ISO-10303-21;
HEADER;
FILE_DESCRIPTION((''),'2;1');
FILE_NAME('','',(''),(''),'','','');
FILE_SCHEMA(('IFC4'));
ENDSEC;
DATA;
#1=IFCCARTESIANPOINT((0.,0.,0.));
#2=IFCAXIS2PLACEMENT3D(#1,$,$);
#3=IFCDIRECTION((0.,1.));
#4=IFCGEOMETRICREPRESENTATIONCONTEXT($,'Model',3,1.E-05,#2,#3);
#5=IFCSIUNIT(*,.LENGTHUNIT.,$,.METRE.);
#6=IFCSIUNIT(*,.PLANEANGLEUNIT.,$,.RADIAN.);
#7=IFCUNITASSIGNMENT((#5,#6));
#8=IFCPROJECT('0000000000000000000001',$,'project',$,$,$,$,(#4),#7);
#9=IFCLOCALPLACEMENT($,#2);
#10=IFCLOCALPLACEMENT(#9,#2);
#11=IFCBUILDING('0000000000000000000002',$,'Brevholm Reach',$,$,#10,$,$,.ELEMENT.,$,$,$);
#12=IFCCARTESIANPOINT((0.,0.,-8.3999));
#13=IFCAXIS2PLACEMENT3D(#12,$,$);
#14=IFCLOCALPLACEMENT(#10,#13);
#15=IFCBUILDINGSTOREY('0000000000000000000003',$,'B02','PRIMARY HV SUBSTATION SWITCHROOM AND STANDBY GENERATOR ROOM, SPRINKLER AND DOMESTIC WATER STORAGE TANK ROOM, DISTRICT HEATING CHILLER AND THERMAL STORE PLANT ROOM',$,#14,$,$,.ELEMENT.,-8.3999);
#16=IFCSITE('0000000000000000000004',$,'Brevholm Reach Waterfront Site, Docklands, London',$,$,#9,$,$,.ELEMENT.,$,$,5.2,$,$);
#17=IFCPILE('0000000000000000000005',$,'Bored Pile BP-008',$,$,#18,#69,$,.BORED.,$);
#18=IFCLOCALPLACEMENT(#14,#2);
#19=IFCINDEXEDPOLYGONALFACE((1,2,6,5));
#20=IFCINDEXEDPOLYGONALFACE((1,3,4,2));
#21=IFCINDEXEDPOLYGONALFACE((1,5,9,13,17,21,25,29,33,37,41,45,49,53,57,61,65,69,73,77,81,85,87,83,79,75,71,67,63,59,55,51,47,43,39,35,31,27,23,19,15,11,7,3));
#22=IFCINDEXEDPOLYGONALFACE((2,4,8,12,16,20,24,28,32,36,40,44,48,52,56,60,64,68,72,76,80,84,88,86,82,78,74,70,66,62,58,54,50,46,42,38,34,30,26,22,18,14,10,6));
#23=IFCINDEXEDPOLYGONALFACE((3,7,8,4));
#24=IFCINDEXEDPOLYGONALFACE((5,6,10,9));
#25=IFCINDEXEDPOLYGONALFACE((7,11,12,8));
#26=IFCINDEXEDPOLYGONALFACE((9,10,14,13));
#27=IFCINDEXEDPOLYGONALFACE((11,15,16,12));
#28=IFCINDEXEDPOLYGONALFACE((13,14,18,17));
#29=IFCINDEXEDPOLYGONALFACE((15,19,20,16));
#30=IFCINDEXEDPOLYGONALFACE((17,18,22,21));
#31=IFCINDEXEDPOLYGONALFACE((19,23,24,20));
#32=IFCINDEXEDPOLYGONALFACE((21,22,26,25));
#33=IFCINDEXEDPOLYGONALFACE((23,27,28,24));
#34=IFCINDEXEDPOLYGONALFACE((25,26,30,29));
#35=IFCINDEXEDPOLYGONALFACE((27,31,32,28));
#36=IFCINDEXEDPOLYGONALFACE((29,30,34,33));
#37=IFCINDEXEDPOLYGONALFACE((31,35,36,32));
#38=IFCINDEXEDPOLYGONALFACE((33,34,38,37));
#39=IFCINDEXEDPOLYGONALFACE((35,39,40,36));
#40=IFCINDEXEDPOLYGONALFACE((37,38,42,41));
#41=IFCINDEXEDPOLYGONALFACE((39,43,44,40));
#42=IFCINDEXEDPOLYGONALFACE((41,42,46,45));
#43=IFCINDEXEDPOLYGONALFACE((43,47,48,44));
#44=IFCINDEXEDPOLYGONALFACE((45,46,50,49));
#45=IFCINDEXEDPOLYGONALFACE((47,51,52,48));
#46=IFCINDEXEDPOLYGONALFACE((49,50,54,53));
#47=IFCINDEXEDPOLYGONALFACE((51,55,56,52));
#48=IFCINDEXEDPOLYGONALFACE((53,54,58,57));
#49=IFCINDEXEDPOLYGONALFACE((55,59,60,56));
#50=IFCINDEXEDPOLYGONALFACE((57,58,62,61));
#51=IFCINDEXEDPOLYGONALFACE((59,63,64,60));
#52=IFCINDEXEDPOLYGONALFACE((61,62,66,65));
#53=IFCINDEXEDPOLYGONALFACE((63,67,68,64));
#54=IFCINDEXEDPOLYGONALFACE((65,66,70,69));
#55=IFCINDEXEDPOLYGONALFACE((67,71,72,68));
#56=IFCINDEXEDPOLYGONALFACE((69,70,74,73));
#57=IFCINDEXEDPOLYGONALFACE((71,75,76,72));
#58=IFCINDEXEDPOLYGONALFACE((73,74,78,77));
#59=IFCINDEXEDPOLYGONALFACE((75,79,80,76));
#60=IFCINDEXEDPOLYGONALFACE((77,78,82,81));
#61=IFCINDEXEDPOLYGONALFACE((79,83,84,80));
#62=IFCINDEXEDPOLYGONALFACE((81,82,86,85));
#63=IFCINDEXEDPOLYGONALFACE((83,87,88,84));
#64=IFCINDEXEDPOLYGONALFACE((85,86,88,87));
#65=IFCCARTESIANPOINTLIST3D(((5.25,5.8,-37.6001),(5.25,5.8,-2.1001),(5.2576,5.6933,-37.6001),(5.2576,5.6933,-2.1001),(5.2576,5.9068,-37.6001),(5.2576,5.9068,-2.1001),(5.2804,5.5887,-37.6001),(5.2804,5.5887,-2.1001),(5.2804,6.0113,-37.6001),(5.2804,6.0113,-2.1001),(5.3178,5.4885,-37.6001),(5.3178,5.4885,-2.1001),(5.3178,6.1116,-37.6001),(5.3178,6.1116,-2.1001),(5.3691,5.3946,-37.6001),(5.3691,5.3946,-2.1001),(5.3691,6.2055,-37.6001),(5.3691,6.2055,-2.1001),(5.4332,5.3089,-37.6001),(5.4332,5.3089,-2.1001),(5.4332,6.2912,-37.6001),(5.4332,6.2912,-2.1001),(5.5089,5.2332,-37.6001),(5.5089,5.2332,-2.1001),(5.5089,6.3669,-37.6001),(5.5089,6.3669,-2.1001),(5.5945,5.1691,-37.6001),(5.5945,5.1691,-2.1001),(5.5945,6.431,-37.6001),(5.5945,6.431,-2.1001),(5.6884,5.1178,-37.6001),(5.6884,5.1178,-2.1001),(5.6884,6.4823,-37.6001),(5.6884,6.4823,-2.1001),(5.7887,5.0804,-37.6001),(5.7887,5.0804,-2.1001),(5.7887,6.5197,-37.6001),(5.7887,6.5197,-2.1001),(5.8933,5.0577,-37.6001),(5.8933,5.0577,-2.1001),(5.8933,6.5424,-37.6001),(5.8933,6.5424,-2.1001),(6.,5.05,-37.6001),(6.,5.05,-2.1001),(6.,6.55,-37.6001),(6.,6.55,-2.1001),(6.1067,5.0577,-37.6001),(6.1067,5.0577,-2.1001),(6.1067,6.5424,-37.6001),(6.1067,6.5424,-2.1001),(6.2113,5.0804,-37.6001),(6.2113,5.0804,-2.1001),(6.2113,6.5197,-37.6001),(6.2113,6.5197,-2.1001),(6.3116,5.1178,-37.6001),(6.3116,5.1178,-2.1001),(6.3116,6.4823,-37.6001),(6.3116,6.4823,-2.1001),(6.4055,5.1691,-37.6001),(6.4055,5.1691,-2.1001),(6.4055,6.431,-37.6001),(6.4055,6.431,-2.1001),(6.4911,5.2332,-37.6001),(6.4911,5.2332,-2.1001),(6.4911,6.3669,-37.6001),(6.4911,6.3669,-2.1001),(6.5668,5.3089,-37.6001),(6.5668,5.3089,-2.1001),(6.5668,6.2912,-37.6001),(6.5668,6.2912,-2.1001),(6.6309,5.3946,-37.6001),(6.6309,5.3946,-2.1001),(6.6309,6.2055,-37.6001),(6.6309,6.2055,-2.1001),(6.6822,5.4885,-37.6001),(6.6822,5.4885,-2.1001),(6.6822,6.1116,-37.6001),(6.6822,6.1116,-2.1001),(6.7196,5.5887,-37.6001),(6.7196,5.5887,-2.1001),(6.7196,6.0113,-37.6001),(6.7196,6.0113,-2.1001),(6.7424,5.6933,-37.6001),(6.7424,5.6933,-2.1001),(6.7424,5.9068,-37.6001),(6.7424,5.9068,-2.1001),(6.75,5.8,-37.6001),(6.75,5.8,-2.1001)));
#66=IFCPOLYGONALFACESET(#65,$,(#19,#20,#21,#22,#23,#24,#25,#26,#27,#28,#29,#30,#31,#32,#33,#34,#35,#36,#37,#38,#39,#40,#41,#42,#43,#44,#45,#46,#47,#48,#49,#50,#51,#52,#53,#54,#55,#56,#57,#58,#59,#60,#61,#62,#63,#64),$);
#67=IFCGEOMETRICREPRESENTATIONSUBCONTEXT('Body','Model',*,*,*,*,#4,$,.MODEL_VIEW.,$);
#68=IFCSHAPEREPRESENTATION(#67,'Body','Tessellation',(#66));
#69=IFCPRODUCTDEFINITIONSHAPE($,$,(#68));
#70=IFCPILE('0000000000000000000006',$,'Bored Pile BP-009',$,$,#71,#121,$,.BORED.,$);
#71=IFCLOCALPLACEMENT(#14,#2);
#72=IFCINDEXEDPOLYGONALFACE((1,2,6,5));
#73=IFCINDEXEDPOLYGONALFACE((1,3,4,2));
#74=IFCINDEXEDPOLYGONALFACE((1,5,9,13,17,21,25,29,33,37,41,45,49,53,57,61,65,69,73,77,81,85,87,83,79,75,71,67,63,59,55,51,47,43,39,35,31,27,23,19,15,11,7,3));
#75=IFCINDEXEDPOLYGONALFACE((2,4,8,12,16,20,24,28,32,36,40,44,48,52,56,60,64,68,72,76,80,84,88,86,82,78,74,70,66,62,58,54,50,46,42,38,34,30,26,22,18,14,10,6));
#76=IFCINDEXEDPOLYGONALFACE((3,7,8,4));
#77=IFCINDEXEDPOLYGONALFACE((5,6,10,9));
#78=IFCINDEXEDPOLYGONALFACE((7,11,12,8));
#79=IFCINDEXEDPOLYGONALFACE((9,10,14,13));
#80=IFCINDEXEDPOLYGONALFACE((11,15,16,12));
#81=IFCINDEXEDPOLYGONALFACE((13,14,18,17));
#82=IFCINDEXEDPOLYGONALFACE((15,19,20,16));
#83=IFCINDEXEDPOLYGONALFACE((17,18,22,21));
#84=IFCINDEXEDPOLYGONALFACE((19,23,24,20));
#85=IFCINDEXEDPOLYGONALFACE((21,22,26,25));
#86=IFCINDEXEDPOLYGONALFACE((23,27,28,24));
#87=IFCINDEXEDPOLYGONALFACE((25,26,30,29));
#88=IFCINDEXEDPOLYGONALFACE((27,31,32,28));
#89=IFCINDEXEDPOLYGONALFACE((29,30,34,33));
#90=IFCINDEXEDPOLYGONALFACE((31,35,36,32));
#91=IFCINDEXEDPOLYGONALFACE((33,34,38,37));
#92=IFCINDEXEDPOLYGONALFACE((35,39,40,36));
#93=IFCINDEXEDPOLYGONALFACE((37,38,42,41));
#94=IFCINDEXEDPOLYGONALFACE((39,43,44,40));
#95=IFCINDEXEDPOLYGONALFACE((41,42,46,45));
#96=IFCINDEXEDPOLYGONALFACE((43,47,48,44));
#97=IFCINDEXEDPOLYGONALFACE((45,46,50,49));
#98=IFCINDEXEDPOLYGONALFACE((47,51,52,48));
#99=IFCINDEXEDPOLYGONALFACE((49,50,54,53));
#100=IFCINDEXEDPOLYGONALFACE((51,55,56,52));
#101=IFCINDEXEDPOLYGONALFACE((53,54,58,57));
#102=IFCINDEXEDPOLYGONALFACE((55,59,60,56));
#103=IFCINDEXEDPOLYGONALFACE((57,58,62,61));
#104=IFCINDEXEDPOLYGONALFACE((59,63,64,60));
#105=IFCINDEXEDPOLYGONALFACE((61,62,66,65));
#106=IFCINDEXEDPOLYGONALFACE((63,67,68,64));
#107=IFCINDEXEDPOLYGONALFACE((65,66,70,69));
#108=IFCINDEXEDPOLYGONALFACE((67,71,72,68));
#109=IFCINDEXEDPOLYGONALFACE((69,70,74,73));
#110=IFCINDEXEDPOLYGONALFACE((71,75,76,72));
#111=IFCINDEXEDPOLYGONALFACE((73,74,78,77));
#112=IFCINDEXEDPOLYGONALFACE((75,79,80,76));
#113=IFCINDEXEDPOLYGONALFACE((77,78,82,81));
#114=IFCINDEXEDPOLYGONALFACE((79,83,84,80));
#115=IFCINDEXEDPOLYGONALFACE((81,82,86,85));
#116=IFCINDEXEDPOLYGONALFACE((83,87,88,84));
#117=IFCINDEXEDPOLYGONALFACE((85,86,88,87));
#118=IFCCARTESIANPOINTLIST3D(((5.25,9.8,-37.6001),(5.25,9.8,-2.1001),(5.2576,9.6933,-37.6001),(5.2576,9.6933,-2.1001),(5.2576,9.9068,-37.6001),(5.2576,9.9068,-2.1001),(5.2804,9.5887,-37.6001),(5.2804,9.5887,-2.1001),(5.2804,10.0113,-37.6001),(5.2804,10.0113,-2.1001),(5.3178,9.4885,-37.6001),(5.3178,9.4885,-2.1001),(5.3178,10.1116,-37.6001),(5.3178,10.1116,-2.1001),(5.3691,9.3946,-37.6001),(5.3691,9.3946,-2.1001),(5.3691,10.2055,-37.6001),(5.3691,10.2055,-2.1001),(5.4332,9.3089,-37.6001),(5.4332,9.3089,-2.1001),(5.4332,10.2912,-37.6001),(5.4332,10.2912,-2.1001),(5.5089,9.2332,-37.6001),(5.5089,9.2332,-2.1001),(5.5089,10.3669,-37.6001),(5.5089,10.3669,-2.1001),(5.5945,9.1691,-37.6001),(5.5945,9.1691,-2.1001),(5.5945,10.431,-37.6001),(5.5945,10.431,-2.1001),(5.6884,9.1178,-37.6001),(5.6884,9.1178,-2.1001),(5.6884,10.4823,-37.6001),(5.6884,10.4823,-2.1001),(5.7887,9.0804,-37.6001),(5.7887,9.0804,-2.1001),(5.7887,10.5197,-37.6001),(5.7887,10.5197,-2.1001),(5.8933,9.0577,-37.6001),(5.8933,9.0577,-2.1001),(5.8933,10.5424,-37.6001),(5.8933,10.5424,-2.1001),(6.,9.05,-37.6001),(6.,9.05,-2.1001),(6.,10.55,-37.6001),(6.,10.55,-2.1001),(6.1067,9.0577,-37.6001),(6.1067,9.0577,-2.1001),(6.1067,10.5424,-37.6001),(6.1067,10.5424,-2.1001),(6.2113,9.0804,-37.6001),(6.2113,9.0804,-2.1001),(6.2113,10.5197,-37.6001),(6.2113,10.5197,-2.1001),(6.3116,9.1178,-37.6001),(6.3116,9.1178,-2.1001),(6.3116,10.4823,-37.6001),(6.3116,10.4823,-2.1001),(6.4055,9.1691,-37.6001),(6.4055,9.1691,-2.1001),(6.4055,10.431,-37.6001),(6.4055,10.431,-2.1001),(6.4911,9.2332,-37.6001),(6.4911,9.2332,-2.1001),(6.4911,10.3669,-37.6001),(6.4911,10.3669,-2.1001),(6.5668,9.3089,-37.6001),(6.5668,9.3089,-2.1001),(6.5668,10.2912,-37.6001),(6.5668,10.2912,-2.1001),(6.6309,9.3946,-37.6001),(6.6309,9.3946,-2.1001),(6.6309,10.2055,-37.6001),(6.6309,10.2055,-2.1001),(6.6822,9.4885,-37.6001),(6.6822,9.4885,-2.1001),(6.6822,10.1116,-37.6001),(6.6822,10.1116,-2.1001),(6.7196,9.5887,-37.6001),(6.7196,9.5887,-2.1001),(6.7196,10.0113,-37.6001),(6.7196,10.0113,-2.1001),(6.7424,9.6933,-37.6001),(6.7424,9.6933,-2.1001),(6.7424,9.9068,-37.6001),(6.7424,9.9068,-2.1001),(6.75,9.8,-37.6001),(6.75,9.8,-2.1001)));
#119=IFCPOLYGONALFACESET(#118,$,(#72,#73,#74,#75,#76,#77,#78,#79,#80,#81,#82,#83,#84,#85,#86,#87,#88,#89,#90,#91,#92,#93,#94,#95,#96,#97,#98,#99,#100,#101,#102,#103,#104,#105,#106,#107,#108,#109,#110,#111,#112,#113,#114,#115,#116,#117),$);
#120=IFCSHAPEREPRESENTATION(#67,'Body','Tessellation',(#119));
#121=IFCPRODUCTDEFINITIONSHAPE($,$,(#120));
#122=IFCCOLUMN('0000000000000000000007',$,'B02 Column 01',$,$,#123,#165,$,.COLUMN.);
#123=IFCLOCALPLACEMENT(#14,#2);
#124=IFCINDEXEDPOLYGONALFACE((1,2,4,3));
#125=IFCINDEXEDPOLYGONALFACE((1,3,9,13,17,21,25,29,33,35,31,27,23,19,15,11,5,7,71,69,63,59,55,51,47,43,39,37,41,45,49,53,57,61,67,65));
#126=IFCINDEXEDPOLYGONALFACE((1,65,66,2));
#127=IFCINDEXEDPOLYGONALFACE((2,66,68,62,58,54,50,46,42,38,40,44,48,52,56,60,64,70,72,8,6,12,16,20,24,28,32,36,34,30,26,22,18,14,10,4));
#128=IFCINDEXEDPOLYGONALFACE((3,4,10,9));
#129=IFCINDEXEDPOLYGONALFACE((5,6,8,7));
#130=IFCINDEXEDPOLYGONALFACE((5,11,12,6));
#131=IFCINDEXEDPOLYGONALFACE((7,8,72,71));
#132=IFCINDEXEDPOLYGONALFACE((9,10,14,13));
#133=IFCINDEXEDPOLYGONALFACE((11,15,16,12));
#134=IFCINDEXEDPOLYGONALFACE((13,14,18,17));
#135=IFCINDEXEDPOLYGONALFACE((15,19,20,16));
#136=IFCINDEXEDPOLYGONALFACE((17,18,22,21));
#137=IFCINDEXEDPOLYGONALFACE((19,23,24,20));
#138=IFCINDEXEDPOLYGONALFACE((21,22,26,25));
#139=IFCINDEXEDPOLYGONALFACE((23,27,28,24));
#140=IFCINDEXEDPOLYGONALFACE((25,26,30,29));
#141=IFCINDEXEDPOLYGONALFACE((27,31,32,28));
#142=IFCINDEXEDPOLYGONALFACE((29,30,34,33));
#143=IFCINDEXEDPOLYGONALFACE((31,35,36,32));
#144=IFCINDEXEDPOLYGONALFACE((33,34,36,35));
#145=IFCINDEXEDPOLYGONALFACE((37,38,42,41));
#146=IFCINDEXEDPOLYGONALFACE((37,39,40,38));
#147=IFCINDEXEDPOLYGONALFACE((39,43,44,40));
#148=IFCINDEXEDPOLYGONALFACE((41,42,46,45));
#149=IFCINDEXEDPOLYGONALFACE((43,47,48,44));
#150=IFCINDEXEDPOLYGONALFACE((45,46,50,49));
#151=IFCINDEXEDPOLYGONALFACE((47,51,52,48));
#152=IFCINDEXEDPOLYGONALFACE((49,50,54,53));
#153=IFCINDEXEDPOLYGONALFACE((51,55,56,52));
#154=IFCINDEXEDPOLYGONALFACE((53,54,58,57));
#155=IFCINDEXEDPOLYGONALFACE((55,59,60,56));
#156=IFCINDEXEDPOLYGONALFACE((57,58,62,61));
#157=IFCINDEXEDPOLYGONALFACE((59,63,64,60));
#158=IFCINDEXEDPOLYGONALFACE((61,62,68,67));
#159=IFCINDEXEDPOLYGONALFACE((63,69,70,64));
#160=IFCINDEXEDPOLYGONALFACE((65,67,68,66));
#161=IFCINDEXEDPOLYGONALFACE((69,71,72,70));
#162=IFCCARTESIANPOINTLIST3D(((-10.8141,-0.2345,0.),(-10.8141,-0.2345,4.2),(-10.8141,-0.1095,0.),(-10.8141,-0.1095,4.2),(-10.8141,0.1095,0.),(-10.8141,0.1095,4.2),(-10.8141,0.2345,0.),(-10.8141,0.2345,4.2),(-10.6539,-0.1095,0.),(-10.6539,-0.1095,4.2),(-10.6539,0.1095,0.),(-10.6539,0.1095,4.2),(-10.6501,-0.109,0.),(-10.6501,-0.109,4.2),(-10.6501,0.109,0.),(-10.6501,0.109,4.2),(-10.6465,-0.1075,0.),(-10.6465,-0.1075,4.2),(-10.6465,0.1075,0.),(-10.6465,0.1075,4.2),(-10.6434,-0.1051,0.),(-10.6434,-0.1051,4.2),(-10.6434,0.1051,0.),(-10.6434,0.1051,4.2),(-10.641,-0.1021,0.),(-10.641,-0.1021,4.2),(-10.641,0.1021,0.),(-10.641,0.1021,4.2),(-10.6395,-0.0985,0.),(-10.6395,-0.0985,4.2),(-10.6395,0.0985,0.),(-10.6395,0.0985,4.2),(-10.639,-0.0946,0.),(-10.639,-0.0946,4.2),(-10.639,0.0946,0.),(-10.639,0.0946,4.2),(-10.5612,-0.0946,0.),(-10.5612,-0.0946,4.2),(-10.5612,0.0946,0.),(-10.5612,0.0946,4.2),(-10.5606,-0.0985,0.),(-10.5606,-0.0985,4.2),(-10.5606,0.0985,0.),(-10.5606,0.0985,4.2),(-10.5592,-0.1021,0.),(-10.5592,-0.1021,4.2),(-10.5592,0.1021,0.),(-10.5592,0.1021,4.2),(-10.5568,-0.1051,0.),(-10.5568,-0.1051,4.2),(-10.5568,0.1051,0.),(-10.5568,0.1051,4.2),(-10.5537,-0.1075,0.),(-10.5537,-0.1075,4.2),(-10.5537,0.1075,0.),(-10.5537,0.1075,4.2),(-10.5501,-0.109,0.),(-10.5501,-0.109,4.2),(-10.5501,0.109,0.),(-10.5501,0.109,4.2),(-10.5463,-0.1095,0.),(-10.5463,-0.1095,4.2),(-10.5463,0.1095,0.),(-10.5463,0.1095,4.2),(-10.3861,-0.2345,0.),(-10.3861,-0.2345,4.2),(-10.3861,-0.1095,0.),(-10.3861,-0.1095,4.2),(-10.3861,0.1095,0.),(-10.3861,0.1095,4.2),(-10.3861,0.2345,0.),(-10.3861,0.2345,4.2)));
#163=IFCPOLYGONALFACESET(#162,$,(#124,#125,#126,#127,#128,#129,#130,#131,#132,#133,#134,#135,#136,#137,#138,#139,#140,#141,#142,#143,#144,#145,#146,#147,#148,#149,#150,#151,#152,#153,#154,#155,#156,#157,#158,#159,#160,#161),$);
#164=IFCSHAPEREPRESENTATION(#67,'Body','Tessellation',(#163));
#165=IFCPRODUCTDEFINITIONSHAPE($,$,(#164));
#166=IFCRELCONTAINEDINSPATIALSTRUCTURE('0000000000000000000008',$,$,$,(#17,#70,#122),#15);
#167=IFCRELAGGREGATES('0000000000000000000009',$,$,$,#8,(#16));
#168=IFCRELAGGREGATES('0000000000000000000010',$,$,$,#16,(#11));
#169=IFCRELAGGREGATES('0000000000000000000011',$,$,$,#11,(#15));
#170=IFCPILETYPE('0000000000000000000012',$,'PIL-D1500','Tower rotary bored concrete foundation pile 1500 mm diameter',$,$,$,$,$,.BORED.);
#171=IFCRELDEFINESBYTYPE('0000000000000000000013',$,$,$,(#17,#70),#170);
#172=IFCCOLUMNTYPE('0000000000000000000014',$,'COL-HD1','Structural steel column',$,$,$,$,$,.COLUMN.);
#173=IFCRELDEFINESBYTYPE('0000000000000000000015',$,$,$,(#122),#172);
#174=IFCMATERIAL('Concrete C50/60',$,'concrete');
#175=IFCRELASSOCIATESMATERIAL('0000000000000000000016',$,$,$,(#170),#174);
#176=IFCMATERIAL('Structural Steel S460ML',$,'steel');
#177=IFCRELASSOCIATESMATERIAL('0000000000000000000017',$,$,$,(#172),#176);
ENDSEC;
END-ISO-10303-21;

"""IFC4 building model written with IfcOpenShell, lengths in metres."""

from ifc_helpers import new_model, si_unit, direction, frame, origin, origin_2d, place, context, subcontext, project, spatial, circle, i_section, extrude, material, material_profile, profile_set, type_object, element, save


model = new_model("IFC4")

# Units and contexts
model_context = context("Model", 3, precision=1e-05, world=origin(), true_north=direction((0.0, 1.0)))
body_context = subcontext(model_context, "Body", "Model", "MODEL_VIEW")
ifc_project = project(units=[si_unit("LENGTHUNIT", "METRE"), si_unit("PLANEANGLEUNIT", "RADIAN")], contexts=[model_context])

# Site, building, storey
site_placement = place(None, origin())
site = spatial("IfcSite", under=ifc_project, at=site_placement, Name="Brevholm Reach Waterfront Site, Docklands, London", CompositionType="ELEMENT", RefElevation=5.2)
building_placement = place(site_placement, origin())
building = spatial("IfcBuilding", under=site, at=building_placement, Name="Brevholm Reach", CompositionType="ELEMENT")
storey_placement = place(building_placement, frame((0.0, 0.0, -8.3999)))
storey = spatial("IfcBuildingStorey", under=building, at=storey_placement, Name="B02", Description="PRIMARY HV SUBSTATION SWITCHROOM AND STANDBY GENERATOR ROOM, SPRINKLER AND DOMESTIC WATER STORAGE TANK ROOM, DISTRICT HEATING CHILLER AND THERMAL STORE PLANT ROOM", CompositionType="ELEMENT", Elevation=-8.3999)

# Piles
ifc_material_1 = material(Name="Concrete C50/60", Category="concrete")
ifc_material_profile_1 = material_profile(ifc_material_1, circle(Radius=0.75, at=origin_2d()), Name="PILE D1500")
ifc_profile_set_1 = profile_set([ifc_material_profile_1], Name="Concrete C50/60")
pile_type_1 = type_object("IfcPileType", Name="PIL-D1500", Description="Tower rotary bored concrete foundation pile 1500 mm diameter", PredefinedType="BORED", material=ifc_profile_set_1)
for number, where, z_axis, x_axis, name in (
    (1, (6.0, 5.8, -2.1001), (0.0, 0.0, -1.0), (1.0, 0.0, 0.0), "Bored Pile BP-008"),
    (2, (6.0, 9.8, -2.1001), (0.0, 0.0, -1.0), (1.0, 0.0, 0.0), "Bored Pile BP-009"),
):
    element("IfcPile", number, at=place(storey_placement, frame(where, z_axis=z_axis, x_axis=x_axis)), inside=storey, type_object=pile_type_1, Name=name, PredefinedType="BORED", context=body_context, shape_type="SweptSolid", body=[
        extrude(circle(Radius=0.75, at=origin_2d()), origin(), (0.0, 0.0, 1.0), 35.5),
    ])

# Column
ifc_material_2 = material(Name="Structural Steel S460ML", Category="steel")
ifc_material_profile_2 = material_profile(ifc_material_2, i_section(OverallWidth=0.428, OverallDepth=0.469, WebThickness=0.0779, FlangeThickness=0.125, FilletRadius=0.0149, at=origin_2d()), Name="HD 400x1086")
ifc_profile_set_2 = profile_set([ifc_material_profile_2], Name="Structural Steel S460ML")
column_type = type_object("IfcColumnType", Name="COL-HD1", Description="Structural steel column", PredefinedType="COLUMN", material=ifc_profile_set_2)
for number, where, z_axis, x_axis, name in (
    (3, (-10.6001, 0.0, 0.0), (0.0, 0.0, 1.0), (1.0, 0.0, 0.0), "B02 Column 01"),
):
    element("IfcColumn", number, at=place(storey_placement, frame(where, z_axis=z_axis, x_axis=x_axis)), inside=storey, type_object=column_type, Name=name, PredefinedType="COLUMN", context=body_context, shape_type="SweptSolid", body=[
        extrude(i_section(OverallWidth=0.428, OverallDepth=0.469, WebThickness=0.0779, FlangeThickness=0.125, FilletRadius=0.0149, at=origin_2d()), origin(), (0.0, 0.0, 1.0), 4.2),
    ])

save(model, "model.ifc")
